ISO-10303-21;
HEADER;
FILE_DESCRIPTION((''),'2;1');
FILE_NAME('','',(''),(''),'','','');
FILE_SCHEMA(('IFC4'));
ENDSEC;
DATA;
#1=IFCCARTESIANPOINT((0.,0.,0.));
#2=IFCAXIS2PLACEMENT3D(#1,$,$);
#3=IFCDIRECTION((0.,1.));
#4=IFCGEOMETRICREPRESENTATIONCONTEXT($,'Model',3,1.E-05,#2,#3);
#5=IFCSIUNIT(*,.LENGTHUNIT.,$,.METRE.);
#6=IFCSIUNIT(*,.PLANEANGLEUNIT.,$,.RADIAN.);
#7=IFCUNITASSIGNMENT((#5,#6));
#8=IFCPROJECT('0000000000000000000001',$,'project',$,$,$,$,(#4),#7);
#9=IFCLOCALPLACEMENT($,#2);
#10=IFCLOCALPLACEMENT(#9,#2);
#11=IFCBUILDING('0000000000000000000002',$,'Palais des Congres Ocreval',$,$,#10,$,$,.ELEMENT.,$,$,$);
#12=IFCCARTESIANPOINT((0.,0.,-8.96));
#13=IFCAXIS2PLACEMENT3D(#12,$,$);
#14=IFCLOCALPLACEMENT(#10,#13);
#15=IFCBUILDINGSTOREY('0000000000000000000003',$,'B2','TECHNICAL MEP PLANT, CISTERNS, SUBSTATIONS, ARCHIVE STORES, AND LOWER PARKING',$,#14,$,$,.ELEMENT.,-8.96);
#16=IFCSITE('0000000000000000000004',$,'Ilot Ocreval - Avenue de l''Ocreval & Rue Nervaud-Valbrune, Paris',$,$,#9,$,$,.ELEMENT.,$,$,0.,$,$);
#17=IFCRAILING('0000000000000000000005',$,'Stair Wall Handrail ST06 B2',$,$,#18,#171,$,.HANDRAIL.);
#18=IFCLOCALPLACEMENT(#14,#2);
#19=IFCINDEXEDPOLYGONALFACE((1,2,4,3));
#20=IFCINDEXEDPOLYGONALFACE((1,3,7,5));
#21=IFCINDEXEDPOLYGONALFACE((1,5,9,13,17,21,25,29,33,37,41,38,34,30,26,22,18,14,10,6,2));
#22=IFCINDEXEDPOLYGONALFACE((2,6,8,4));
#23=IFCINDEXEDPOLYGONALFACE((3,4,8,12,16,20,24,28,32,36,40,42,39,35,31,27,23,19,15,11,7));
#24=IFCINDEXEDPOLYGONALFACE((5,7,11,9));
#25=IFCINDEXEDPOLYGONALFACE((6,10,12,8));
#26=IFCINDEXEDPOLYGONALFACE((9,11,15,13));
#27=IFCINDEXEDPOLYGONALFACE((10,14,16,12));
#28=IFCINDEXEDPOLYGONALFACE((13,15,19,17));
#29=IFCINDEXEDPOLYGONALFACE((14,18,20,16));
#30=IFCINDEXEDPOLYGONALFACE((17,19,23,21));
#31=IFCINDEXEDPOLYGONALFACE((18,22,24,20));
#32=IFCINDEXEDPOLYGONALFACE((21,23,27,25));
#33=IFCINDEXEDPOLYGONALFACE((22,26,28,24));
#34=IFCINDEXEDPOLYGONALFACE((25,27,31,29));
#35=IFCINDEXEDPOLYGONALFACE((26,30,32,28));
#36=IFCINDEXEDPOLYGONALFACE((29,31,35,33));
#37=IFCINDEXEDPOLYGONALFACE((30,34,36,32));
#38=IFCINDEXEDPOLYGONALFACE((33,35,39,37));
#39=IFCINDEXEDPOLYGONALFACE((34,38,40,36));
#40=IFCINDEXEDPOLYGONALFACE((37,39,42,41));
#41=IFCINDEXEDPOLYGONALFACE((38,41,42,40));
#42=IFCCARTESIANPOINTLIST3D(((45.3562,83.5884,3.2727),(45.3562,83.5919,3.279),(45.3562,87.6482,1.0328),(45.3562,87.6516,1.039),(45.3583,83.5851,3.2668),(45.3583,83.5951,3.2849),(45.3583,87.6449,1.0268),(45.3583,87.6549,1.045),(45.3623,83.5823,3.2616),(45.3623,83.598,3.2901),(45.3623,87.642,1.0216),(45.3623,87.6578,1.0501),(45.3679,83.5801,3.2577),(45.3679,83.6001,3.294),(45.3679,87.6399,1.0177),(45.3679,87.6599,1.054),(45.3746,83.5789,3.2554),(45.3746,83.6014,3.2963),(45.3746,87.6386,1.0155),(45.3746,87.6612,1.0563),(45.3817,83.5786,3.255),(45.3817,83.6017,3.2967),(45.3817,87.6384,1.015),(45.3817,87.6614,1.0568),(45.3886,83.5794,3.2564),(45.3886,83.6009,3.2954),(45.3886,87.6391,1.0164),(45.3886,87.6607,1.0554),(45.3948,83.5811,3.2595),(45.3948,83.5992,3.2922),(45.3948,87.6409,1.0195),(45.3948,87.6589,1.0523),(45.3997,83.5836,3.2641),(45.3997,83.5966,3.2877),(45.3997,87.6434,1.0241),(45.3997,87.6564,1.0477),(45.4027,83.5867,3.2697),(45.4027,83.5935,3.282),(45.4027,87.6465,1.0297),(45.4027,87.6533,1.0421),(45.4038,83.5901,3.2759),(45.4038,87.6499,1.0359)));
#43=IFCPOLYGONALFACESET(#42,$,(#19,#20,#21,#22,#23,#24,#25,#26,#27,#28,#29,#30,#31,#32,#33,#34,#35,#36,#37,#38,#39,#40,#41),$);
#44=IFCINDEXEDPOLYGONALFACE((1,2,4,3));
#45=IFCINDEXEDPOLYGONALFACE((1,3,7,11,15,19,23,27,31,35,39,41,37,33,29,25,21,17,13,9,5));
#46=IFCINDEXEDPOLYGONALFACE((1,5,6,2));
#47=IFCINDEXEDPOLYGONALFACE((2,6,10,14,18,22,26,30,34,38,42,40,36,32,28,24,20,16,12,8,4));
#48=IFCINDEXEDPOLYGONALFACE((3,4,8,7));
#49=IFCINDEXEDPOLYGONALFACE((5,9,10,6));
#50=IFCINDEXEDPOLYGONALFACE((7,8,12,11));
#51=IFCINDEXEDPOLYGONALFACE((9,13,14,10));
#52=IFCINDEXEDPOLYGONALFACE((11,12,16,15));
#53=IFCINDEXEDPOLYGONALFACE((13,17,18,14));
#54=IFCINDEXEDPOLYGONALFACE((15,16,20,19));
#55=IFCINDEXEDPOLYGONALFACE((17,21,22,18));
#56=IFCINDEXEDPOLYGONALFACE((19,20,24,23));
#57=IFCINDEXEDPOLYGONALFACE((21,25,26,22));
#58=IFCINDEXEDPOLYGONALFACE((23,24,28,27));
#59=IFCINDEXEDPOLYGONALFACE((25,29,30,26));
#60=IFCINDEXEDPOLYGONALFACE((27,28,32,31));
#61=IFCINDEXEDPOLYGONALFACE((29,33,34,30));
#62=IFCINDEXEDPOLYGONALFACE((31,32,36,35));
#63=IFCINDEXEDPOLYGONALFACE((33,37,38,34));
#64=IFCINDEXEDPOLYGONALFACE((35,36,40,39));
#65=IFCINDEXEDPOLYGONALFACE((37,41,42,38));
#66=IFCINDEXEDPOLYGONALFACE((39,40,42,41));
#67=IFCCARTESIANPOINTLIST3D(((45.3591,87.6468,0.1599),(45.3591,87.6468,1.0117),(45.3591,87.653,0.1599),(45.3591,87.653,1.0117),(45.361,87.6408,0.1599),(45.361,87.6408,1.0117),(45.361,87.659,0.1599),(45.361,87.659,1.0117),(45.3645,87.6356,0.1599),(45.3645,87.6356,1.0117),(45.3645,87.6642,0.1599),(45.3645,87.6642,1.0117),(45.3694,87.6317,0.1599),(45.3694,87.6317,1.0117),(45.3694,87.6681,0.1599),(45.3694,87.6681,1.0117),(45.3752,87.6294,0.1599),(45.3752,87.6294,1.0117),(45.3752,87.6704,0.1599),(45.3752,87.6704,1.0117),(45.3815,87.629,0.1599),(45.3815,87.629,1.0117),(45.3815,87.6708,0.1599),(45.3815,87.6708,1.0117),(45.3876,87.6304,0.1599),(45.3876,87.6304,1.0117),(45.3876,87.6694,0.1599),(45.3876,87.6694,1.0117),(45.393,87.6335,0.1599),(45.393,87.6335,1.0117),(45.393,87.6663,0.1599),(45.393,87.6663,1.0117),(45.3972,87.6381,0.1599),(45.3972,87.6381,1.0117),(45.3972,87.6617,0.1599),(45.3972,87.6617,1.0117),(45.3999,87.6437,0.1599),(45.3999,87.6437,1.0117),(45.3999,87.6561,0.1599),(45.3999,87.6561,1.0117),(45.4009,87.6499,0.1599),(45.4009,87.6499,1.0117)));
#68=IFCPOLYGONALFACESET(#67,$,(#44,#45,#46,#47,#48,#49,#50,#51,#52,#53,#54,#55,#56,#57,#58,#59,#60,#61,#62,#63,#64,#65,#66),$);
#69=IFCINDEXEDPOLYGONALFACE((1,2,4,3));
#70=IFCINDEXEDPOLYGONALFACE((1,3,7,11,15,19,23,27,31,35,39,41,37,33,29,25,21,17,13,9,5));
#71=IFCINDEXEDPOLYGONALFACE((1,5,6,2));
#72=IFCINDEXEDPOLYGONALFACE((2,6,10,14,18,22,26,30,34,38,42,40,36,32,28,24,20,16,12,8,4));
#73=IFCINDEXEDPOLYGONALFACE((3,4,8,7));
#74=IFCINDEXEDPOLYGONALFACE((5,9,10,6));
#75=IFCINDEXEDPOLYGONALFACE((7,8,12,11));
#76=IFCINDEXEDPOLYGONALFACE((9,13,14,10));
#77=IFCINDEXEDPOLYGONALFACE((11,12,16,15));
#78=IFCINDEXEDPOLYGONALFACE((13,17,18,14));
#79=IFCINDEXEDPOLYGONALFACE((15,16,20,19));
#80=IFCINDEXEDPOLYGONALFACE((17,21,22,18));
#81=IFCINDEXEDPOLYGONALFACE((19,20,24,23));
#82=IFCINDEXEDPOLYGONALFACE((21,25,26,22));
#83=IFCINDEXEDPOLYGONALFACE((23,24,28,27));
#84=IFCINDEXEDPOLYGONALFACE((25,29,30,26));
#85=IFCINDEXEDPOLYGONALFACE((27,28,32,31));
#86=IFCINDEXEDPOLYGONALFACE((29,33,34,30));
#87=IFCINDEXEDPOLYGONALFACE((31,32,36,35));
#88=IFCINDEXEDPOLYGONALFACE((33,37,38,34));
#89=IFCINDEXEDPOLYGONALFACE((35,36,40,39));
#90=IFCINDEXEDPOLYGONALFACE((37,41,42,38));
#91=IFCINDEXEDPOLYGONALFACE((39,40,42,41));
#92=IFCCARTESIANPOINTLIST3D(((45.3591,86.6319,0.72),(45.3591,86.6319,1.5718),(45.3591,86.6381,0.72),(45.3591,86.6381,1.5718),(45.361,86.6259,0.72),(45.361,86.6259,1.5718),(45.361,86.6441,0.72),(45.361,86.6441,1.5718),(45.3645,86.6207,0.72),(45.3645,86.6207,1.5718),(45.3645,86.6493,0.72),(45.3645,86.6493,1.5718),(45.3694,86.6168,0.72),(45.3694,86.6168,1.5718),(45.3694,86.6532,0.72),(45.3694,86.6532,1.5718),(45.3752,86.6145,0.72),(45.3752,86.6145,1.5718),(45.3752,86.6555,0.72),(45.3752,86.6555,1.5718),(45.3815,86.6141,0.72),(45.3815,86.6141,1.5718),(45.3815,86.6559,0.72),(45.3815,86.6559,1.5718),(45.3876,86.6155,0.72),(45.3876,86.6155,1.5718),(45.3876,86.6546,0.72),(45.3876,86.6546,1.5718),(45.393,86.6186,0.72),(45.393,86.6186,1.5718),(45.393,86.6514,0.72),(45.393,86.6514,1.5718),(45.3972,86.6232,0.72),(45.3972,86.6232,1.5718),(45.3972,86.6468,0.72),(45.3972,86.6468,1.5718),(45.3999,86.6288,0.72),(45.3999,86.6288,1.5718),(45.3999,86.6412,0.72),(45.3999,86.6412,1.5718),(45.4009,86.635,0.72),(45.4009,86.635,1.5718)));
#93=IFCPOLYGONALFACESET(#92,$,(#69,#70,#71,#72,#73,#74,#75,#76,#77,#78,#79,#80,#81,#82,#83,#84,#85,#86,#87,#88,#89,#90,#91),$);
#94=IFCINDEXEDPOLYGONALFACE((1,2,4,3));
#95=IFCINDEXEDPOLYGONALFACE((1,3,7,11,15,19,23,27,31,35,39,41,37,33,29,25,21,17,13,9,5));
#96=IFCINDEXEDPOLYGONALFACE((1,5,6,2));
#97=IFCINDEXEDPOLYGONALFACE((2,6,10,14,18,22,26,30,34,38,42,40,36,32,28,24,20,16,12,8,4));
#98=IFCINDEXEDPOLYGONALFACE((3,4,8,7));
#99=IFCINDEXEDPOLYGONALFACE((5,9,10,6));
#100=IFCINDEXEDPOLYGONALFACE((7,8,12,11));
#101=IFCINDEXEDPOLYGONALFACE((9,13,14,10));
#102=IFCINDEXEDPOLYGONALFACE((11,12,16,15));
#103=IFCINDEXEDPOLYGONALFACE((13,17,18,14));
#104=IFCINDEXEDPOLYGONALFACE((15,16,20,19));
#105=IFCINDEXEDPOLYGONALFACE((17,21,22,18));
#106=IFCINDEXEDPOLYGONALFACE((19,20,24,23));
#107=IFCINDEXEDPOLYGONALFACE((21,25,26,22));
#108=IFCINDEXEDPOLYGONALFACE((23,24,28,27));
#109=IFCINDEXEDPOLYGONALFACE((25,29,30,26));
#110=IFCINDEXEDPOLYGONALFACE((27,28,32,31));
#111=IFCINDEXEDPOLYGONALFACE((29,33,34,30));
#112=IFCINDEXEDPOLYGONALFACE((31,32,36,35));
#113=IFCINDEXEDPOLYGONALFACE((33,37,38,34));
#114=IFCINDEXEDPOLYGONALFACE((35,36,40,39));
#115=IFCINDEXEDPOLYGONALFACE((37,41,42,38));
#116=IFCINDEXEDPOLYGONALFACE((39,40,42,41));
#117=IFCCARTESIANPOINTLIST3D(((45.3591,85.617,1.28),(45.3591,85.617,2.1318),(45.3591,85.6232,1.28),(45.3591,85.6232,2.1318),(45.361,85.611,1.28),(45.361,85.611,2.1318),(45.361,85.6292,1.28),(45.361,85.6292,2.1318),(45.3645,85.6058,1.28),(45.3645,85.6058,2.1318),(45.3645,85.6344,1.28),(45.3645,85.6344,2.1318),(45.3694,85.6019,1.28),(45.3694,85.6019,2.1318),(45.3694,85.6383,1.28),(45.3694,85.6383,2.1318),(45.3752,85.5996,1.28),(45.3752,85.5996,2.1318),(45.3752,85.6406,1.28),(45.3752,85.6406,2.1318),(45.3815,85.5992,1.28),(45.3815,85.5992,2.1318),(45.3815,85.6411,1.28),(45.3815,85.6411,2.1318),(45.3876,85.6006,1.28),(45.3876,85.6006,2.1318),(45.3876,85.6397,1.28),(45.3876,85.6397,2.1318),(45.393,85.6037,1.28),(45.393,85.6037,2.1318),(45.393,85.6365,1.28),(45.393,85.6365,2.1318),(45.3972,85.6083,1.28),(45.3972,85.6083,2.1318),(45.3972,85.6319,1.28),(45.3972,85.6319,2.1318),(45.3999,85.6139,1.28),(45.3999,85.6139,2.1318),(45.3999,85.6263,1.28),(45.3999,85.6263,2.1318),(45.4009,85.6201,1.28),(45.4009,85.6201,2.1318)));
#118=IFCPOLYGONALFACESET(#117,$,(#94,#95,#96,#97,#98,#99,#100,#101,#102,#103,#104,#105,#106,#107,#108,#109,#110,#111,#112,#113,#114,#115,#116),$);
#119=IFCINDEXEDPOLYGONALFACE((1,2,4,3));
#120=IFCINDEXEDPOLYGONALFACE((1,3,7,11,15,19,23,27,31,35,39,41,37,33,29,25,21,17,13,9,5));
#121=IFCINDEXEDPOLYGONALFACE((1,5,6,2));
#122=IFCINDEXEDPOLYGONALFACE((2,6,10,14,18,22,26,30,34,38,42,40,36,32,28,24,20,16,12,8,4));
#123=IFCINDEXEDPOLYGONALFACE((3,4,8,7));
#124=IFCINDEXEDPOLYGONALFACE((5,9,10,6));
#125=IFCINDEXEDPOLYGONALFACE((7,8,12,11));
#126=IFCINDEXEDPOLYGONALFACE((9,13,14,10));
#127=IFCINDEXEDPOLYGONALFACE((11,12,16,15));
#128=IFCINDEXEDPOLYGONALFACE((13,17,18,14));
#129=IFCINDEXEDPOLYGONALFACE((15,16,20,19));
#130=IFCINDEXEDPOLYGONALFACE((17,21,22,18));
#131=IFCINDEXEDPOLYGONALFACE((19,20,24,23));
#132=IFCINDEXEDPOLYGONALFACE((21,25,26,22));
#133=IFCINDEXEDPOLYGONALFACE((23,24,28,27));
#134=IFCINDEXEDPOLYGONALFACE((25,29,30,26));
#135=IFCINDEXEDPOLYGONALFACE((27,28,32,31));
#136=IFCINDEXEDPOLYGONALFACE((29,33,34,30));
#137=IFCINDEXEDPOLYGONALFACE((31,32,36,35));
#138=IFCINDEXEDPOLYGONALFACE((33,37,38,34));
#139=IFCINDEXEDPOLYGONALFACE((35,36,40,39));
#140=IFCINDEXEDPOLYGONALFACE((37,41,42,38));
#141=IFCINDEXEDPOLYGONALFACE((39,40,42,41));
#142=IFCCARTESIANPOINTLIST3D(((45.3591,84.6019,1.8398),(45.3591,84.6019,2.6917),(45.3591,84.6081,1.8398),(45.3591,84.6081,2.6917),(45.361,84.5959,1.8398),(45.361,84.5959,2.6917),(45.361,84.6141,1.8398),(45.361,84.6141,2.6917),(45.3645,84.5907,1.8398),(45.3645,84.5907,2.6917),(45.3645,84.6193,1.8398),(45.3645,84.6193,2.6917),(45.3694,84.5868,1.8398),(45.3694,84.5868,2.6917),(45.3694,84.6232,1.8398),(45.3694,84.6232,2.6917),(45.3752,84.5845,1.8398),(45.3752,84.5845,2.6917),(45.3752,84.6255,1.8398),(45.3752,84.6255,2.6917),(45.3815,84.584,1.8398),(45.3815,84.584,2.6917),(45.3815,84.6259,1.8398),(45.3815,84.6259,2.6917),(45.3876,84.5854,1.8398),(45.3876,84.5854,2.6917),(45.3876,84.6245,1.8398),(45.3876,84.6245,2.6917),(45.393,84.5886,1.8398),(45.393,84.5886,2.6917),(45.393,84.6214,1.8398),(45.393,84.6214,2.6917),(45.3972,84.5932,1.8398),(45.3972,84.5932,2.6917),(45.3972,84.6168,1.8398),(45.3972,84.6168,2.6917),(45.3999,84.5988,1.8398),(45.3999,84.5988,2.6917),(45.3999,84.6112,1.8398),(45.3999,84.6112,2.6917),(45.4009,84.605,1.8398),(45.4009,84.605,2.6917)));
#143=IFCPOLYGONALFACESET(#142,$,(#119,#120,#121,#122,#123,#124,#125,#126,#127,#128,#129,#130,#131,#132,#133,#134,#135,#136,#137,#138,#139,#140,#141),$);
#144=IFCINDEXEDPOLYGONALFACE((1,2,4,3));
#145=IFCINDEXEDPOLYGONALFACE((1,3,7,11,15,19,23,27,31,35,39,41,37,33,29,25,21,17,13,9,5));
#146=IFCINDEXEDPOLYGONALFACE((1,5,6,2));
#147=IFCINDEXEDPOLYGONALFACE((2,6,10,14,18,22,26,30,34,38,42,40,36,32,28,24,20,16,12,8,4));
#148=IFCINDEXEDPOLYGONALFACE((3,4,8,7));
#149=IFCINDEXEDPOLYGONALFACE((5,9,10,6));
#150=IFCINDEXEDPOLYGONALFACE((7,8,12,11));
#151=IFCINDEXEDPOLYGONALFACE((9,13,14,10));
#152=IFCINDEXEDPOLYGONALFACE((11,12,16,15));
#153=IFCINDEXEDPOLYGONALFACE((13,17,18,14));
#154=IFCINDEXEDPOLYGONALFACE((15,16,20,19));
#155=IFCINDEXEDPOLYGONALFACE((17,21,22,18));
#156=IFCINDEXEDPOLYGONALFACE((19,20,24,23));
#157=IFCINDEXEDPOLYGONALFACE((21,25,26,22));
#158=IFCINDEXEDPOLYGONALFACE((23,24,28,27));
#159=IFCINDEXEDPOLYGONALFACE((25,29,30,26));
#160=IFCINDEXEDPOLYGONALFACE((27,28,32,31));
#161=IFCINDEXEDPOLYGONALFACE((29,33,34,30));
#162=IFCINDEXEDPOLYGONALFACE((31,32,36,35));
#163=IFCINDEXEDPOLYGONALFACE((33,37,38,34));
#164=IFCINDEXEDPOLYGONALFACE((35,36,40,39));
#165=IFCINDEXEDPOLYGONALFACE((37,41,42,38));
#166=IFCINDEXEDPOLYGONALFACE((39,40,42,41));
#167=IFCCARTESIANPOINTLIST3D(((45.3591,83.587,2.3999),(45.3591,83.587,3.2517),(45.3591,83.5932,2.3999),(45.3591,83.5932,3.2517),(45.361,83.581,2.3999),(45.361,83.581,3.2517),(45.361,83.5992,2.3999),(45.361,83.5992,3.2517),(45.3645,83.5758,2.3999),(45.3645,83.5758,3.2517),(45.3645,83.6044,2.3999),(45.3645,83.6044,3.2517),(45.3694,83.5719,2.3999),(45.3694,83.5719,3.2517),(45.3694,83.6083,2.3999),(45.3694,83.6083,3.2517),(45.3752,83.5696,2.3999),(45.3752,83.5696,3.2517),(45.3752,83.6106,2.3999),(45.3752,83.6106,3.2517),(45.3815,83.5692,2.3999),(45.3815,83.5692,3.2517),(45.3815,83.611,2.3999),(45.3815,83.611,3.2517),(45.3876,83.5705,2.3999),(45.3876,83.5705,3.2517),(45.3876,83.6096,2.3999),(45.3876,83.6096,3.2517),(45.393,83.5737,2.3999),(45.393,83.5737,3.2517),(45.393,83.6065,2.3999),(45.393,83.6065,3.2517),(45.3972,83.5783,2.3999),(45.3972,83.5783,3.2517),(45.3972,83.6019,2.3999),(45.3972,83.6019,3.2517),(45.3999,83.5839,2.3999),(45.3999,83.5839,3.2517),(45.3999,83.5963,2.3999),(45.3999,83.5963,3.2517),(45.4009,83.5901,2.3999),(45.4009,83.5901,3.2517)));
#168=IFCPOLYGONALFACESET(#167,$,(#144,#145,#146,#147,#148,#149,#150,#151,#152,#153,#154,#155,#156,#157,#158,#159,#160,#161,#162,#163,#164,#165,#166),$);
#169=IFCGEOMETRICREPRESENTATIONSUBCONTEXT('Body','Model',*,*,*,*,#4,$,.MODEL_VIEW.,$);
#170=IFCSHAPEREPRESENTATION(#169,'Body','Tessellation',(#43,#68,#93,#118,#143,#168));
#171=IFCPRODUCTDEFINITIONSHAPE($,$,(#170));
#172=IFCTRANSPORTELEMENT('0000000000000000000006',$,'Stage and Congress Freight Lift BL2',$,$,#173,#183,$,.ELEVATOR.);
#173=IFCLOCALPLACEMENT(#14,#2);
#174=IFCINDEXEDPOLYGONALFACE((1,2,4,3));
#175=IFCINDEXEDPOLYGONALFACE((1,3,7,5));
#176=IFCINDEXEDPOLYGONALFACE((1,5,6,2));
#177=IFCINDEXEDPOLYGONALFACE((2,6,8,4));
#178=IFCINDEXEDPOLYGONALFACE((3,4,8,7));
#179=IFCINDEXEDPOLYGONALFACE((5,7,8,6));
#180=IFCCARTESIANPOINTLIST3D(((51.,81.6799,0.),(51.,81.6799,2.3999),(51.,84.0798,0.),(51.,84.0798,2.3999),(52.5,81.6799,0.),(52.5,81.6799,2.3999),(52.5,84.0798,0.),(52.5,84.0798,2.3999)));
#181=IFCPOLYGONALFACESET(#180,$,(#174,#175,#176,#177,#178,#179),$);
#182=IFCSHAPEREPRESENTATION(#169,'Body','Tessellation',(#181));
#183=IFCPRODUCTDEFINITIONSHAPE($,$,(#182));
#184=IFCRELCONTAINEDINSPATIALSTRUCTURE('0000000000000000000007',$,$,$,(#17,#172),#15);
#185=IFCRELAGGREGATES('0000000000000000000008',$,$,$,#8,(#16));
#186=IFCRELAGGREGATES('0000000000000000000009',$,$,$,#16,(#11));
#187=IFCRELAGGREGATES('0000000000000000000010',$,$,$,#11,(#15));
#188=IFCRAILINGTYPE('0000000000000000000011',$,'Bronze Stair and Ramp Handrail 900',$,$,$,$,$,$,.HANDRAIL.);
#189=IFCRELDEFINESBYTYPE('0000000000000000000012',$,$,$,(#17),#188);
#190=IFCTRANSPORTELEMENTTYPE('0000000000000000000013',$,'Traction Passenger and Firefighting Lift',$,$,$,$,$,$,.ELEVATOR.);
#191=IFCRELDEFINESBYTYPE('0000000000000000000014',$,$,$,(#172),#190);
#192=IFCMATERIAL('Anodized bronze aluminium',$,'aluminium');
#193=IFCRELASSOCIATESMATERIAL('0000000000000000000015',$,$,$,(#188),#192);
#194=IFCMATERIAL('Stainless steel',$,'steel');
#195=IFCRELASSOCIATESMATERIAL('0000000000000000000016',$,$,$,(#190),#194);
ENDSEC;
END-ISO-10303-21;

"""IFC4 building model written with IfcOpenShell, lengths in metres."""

from ifc_helpers import new_model, si_unit, direction, frame, origin, origin_2d, place, context, subcontext, project, spatial, rectangle, circle, extrude, material, type_object, element, save


model = new_model("IFC4")

# Units and contexts
model_context = context("Model", 3, precision=1e-05, world=origin(), true_north=direction((0.0, 1.0)))
body_context = subcontext(model_context, "Body", "Model", "MODEL_VIEW")
ifc_project = project(units=[si_unit("LENGTHUNIT", "METRE"), si_unit("PLANEANGLEUNIT", "RADIAN")], contexts=[model_context])

# Site, building, storey
site_placement = place(None, origin())
site = spatial("IfcSite", under=ifc_project, at=site_placement, Name="Ilot Ocreval - Avenue de l'Ocreval & Rue Nervaud-Valbrune, Paris", CompositionType="ELEMENT", RefElevation=0.0)
building_placement = place(site_placement, origin())
building = spatial("IfcBuilding", under=site, at=building_placement, Name="Palais des Congres Ocreval", CompositionType="ELEMENT")
storey_placement = place(building_placement, frame((0.0, 0.0, -8.96)))
storey = spatial("IfcBuildingStorey", under=building, at=storey_placement, Name="B2", Description="TECHNICAL MEP PLANT, CISTERNS, SUBSTATIONS, ARCHIVE STORES, AND LOWER PARKING", CompositionType="ELEMENT", Elevation=-8.96)

# Railing
ifc_material_1 = material(Name="Anodized bronze aluminium", Category="aluminium")
railing_type_1 = type_object("IfcRailingType", Name="Bronze Stair and Ramp Handrail 900", PredefinedType="HANDRAIL", material=ifc_material_1)
railing_1_placement = place(storey_placement, frame((45.3799, 87.6499, 0.1599)))
element("IfcRailing", 1, at=railing_1_placement, inside=storey, type_object=railing_type_1, Name="Stair Wall Handrail ST06 B2", PredefinedType="HANDRAIL", context=body_context, shape_type="SweptSolid", body=[
    extrude(circle(Radius=0.0239, at=origin_2d()), frame((0.0, 0.0, 0.876), z_axis=(0.0, -0.875569, 0.483093), x_axis=(1.0, 0.0, 0.0)), (0.0, 0.0, 1.0), 4.6367),
    extrude(circle(Radius=0.021, at=origin_2d()), origin(), (0.0, 0.0, 1.0), 0.8518),
    extrude(circle(Radius=0.021, at=origin_2d()), frame((0.0, -1.0149, 0.5601)), (0.0, 0.0, 1.0), 0.8518),
    extrude(circle(Radius=0.021, at=origin_2d()), frame((0.0, -2.0298, 1.1201)), (0.0, 0.0, 1.0), 0.8518),
    extrude(circle(Radius=0.021, at=origin_2d()), frame((0.0, -3.0449, 1.6799)), (0.0, 0.0, 1.0), 0.8518),
    extrude(circle(Radius=0.021, at=origin_2d()), frame((0.0, -4.0598, 2.24)), (0.0, 0.0, 1.0), 0.8518),
])

# Transport element
ifc_material_2 = material(Name="Stainless steel", Category="steel")
transport_element_type = type_object("IfcTransportElementType", Name="Traction Passenger and Firefighting Lift", PredefinedType="ELEVATOR", material=ifc_material_2)
transport_element_placement = place(storey_placement, frame((51.75, 82.8799, 0.0), z_axis=(0.0, 0.0, 1.0), x_axis=(1.0, 0.0, 0.0)))
element("IfcTransportElement", 2, at=transport_element_placement, inside=storey, type_object=transport_element_type, Name="Stage and Congress Freight Lift BL2", PredefinedType="ELEVATOR", context=body_context, shape_type="SweptSolid", body=[
    extrude(rectangle(XDim=1.5, YDim=2.3999, at=origin_2d()), origin(), (0.0, 0.0, 1.0), 2.3999),
])

save(model, "model.ifc")
